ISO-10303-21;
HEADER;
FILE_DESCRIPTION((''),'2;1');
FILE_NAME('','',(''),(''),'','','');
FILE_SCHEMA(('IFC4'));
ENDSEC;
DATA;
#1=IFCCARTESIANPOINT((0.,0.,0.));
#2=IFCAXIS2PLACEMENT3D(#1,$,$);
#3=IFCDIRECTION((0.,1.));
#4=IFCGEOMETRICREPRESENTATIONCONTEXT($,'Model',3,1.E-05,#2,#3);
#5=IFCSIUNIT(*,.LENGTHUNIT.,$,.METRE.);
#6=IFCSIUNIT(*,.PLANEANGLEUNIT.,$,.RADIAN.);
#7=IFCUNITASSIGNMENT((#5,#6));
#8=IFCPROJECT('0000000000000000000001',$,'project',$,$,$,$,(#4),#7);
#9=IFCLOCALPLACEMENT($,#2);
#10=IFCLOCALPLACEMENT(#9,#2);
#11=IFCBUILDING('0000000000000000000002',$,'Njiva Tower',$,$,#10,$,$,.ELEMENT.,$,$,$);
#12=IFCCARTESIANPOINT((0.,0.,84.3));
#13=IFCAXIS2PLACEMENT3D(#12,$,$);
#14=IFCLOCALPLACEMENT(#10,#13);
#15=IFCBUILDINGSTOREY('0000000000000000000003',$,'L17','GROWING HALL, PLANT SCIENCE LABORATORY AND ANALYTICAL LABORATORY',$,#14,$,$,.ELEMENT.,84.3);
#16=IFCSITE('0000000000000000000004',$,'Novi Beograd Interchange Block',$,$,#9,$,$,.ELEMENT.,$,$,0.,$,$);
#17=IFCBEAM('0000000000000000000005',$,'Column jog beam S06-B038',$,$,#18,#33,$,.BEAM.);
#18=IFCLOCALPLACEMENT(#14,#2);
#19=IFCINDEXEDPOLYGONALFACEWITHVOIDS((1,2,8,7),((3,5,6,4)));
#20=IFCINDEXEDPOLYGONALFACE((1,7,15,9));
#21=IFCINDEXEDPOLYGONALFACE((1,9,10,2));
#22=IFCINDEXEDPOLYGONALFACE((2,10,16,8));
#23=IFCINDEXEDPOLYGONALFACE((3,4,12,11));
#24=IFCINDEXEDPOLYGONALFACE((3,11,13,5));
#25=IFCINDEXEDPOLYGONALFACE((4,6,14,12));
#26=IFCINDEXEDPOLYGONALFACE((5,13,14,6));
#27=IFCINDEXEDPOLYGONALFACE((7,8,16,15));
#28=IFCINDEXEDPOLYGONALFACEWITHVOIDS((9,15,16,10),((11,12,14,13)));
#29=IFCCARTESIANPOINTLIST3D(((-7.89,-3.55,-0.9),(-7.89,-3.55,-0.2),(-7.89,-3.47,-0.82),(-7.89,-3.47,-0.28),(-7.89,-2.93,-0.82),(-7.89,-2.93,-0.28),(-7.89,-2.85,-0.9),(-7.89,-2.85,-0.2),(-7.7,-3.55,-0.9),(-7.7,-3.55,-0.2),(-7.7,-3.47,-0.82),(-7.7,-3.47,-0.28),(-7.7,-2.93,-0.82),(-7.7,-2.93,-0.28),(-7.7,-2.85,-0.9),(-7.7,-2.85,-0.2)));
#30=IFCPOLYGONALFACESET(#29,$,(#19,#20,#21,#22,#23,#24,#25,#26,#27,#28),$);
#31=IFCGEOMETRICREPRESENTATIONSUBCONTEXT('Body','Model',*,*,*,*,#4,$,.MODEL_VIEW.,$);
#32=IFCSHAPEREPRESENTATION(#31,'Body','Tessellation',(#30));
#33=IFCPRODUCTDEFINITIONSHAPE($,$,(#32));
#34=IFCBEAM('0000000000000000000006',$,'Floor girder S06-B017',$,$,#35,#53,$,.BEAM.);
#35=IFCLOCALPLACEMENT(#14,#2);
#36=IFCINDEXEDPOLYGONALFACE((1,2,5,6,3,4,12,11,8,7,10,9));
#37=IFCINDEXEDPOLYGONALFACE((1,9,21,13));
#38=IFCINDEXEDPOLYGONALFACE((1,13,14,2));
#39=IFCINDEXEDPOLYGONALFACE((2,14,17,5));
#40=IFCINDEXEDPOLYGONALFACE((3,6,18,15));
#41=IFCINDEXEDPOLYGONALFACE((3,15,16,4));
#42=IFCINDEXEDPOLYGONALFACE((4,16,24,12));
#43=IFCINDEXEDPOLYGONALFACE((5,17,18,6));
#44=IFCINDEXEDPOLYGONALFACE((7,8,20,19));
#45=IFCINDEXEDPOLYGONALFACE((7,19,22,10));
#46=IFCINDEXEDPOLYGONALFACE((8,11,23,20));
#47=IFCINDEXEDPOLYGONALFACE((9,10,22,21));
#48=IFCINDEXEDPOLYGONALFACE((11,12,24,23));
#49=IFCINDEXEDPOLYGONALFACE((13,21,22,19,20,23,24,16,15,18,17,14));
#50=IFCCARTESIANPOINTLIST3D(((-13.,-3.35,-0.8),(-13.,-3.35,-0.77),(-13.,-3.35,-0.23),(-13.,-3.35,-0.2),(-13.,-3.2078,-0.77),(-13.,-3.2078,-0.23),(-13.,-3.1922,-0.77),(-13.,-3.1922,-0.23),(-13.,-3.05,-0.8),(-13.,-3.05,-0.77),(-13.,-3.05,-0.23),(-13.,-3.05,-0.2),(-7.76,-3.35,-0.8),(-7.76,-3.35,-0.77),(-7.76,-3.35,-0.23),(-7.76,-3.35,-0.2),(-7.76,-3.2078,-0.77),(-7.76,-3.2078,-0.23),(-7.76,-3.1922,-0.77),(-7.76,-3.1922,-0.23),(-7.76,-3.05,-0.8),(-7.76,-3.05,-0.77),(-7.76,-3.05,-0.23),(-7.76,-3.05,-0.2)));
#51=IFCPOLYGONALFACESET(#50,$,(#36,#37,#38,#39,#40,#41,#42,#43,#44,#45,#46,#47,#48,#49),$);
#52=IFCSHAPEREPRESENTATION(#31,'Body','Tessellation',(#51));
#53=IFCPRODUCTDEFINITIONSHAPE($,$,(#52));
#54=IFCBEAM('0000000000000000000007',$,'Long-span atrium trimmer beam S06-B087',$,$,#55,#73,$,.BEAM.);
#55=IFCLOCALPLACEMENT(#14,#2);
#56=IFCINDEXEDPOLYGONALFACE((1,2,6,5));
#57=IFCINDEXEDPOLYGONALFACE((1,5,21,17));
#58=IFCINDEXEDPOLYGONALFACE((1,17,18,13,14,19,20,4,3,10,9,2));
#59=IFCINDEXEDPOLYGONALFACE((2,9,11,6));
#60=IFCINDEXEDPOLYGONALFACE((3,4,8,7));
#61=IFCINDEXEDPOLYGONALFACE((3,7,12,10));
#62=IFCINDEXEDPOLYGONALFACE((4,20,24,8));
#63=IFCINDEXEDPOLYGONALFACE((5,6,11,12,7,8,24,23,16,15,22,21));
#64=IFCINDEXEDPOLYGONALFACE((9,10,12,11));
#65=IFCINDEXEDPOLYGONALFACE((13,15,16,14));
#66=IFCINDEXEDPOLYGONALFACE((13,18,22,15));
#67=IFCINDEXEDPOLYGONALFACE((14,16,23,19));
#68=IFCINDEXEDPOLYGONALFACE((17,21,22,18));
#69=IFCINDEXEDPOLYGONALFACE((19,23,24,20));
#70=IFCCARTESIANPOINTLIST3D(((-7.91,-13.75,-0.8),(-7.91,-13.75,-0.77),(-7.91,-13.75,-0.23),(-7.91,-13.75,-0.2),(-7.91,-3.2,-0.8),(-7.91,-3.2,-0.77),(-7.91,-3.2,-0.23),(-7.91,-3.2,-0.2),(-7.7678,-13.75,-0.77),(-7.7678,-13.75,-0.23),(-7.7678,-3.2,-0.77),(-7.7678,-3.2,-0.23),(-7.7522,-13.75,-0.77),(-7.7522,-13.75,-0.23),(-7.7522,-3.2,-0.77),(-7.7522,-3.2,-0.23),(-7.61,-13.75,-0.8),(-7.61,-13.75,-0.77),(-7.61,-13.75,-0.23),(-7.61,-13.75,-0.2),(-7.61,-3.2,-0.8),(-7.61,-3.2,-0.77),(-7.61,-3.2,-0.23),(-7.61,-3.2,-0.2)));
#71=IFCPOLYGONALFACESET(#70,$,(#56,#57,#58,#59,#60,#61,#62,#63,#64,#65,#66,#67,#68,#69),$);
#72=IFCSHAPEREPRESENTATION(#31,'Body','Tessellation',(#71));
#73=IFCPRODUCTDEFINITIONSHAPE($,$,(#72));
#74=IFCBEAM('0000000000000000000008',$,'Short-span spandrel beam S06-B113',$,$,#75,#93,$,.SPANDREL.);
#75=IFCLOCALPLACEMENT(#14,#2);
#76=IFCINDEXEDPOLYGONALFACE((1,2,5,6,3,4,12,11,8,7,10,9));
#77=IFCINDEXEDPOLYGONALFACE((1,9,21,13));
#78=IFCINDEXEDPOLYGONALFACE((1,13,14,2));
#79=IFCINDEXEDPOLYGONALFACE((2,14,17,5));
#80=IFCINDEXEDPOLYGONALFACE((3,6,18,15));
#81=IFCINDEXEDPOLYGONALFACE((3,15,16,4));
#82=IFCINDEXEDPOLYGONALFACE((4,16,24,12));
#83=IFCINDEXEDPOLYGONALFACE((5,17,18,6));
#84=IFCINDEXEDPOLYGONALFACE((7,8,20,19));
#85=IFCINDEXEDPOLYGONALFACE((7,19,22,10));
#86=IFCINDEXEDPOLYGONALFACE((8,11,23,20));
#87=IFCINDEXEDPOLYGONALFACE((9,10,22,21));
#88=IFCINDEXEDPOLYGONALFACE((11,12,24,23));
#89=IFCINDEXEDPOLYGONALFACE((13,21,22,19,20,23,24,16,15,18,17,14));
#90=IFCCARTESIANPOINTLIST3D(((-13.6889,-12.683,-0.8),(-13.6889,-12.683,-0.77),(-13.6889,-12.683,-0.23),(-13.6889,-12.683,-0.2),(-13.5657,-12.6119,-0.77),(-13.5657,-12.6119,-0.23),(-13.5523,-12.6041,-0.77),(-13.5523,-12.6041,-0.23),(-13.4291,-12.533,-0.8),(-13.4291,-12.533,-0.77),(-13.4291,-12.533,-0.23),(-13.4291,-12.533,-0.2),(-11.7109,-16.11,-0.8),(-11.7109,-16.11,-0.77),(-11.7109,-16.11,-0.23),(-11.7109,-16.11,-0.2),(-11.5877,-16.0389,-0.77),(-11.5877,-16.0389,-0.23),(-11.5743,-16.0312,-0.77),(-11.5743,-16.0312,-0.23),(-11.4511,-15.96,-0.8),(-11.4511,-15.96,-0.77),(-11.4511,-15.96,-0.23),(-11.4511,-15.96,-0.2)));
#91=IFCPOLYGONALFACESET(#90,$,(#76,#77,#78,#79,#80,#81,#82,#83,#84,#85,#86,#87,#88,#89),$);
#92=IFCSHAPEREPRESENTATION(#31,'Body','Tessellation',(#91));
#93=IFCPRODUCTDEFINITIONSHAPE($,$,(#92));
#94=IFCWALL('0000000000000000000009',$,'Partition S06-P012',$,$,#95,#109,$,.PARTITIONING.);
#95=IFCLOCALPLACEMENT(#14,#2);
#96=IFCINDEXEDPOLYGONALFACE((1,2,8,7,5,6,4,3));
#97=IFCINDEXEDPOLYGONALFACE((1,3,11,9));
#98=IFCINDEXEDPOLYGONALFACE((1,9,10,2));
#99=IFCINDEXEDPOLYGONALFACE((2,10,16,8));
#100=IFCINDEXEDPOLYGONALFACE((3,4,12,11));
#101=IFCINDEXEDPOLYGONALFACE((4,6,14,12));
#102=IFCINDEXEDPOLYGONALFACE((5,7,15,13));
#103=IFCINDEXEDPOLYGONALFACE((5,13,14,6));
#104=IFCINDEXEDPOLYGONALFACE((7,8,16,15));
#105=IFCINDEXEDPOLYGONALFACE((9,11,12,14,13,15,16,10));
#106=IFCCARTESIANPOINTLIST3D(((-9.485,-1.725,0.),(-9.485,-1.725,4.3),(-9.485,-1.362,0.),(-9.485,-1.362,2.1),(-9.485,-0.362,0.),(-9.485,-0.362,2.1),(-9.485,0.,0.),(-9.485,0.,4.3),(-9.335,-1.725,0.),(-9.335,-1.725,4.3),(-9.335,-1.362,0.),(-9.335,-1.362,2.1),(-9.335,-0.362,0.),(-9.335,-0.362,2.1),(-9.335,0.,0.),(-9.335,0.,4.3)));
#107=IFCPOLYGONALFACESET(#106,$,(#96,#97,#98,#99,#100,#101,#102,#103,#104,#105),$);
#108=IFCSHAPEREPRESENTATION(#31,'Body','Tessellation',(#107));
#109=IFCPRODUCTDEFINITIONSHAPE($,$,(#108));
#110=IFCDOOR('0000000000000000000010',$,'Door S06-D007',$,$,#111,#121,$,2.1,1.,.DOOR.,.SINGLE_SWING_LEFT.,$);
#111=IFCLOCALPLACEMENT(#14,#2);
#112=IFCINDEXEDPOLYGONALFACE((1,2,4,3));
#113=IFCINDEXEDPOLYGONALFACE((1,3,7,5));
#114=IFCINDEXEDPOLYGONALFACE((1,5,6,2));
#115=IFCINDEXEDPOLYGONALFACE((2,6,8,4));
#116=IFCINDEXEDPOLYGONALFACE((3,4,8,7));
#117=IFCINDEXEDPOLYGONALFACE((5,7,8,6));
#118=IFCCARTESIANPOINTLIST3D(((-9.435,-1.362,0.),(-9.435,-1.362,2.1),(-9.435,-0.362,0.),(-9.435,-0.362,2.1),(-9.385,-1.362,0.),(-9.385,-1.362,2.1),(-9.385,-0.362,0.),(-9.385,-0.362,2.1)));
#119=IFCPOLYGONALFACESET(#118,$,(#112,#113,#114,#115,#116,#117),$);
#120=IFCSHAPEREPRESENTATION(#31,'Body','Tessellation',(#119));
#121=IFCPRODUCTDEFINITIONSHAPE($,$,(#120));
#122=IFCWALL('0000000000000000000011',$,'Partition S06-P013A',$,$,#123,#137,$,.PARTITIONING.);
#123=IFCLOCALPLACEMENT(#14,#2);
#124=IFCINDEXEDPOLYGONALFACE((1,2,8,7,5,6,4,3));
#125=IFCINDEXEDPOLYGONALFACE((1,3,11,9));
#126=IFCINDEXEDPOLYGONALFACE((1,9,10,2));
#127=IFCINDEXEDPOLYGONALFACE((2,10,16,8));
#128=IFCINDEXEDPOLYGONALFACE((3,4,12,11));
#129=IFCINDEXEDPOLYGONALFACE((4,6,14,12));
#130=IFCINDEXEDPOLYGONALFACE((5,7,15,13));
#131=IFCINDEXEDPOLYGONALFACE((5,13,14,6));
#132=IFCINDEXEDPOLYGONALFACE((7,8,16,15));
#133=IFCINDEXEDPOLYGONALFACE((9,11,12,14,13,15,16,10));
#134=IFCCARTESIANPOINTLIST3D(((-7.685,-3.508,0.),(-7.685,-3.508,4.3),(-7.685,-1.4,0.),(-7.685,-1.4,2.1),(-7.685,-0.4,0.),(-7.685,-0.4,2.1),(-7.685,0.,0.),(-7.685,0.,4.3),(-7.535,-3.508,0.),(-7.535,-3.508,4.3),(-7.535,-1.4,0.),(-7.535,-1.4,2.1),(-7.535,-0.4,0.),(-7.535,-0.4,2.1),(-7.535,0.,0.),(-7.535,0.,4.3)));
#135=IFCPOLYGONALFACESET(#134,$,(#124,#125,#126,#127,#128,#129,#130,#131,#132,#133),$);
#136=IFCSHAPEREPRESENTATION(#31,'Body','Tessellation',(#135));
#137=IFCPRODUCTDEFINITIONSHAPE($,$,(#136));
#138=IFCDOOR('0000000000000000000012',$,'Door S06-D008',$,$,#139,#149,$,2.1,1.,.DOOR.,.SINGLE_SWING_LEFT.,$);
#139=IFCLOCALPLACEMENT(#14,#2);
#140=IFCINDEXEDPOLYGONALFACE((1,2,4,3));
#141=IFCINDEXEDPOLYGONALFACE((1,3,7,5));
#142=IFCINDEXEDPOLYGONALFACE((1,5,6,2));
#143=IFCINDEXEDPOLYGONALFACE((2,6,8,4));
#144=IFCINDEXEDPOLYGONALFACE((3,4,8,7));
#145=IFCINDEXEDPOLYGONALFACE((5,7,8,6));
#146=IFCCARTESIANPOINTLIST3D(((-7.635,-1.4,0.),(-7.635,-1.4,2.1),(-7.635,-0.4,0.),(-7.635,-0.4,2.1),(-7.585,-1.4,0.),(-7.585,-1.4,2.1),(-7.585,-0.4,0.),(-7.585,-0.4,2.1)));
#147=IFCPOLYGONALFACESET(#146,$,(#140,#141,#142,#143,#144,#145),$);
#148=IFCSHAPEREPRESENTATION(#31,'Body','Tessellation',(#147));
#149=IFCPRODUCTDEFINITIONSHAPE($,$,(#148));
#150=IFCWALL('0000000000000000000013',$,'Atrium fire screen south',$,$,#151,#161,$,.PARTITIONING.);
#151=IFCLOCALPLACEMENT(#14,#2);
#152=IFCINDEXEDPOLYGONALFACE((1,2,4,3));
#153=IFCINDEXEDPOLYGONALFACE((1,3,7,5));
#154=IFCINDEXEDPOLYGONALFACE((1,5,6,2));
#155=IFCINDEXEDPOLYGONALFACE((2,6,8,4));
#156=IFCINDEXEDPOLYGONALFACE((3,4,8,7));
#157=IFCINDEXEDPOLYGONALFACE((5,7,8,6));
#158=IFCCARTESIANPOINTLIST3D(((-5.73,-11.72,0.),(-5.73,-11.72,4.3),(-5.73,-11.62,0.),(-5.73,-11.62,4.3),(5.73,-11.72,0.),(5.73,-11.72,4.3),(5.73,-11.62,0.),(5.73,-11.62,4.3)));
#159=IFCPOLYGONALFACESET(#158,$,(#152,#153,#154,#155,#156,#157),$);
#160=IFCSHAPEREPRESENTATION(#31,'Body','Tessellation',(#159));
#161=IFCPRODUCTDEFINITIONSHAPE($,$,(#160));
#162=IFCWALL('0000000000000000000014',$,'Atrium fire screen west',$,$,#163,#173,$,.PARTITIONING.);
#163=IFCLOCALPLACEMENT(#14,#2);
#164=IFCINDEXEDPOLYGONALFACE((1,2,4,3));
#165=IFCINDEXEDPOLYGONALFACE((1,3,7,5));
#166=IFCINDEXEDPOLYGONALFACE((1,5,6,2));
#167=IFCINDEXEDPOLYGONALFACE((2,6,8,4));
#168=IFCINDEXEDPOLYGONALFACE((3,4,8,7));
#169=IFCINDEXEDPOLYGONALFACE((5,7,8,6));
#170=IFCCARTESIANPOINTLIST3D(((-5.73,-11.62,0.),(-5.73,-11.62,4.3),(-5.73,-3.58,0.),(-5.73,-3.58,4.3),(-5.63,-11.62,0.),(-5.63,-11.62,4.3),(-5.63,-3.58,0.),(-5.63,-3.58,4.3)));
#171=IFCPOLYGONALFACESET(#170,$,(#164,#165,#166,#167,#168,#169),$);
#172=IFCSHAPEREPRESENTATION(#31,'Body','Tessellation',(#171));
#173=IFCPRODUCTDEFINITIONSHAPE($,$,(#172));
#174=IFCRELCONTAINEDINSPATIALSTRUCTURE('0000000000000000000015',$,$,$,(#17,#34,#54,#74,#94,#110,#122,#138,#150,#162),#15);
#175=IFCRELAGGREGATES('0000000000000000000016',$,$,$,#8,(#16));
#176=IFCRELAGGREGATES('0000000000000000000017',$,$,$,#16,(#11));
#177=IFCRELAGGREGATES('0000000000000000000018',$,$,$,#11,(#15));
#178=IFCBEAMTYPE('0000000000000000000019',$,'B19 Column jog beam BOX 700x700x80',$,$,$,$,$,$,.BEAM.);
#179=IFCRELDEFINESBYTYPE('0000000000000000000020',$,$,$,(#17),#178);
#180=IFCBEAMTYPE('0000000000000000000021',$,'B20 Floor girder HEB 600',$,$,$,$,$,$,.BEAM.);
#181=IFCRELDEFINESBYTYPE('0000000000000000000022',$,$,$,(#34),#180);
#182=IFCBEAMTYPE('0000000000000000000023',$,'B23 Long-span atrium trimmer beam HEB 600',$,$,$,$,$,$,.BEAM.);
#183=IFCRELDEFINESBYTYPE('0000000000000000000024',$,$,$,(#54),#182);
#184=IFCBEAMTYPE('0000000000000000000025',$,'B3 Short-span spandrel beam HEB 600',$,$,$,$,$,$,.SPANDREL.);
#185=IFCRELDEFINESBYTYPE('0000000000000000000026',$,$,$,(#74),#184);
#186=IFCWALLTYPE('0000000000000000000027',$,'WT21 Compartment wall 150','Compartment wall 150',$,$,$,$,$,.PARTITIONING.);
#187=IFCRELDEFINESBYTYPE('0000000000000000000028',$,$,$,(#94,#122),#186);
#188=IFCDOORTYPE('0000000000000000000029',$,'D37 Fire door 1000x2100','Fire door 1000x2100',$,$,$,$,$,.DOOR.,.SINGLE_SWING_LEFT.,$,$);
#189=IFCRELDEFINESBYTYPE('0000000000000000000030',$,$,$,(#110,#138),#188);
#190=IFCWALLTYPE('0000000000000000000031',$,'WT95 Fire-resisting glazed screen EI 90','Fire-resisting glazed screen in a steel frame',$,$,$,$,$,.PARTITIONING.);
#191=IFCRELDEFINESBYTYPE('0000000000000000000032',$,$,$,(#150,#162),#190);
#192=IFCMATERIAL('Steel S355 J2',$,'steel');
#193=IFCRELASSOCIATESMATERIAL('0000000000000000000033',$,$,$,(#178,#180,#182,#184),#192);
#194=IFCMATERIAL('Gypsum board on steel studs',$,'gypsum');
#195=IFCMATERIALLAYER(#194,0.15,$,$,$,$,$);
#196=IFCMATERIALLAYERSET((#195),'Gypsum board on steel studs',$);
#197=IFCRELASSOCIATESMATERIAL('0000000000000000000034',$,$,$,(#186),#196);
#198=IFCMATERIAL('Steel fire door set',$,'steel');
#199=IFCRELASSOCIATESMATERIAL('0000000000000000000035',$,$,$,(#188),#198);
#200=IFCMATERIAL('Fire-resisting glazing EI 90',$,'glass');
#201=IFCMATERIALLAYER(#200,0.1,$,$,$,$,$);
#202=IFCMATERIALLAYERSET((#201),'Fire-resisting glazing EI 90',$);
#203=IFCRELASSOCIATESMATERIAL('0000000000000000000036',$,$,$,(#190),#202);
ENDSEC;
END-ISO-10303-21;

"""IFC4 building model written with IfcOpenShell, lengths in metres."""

from ifc_helpers import new_model, si_unit, direction, frame, frame_2d, origin, origin_2d, place, context, subcontext, project, spatial, rectangle, hollow_rectangle, i_section, extrude, material, layer, layer_set, material_profile, profile_set, type_object, element, fill, save


model = new_model("IFC4")

# Units and contexts
model_context = context("Model", 3, precision=1e-05, world=origin(), true_north=direction((0.0, 1.0)))
body_context = subcontext(model_context, "Body", "Model", "MODEL_VIEW")
ifc_project = project(units=[si_unit("LENGTHUNIT", "METRE"), si_unit("PLANEANGLEUNIT", "RADIAN")], contexts=[model_context])

# Site, building, storey
site_placement = place(None, origin())
site = spatial("IfcSite", under=ifc_project, at=site_placement, Name="Novi Beograd Interchange Block", CompositionType="ELEMENT", RefElevation=0.0)
building_placement = place(site_placement, origin())
building = spatial("IfcBuilding", under=site, at=building_placement, Name="Njiva Tower", CompositionType="ELEMENT")
storey_placement = place(building_placement, frame((0.0, 0.0, 84.3)))
storey = spatial("IfcBuildingStorey", under=building, at=storey_placement, Name="L17", Description="GROWING HALL, PLANT SCIENCE LABORATORY AND ANALYTICAL LABORATORY", CompositionType="ELEMENT", Elevation=84.3)

# Shared definitions
ifc_material_1 = material(Name="Steel S355 J2", Category="steel")

# Beams
ifc_material_profile_1 = material_profile(ifc_material_1, hollow_rectangle(XDim=0.7, YDim=0.7, WallThickness=0.08, at=origin_2d()), Name="BOX 700x700x80")
ifc_profile_set_1 = profile_set([ifc_material_profile_1], Name="Steel S355 J2")
beam_type_1 = type_object("IfcBeamType", Name="B19 Column jog beam BOX 700x700x80", PredefinedType="BEAM", material=ifc_profile_set_1)
beam_1_placement = place(storey_placement, frame((-7.89, -3.2, -0.55), z_axis=(1.0, 0.0, 0.0), x_axis=(0.0, 1.0, 0.0)))
element("IfcBeam", 1, at=beam_1_placement, inside=storey, type_object=beam_type_1, Name="Column jog beam S06-B038", PredefinedType="BEAM", context=body_context, shape_type="SweptSolid", body=[
    extrude(hollow_rectangle(XDim=0.7, YDim=0.7, WallThickness=0.08, at=origin_2d()), origin(), (0.0, 0.0, 1.0), 0.19),
])
ifc_material_profile_2 = material_profile(ifc_material_1, i_section(OverallWidth=0.3, OverallDepth=0.6, WebThickness=0.0155, FlangeThickness=0.03, at=origin_2d()), Name="HEB 600")
ifc_profile_set_2 = profile_set([ifc_material_profile_2], Name="Steel S355 J2")
beam_type_2 = type_object("IfcBeamType", Name="B20 Floor girder HEB 600", PredefinedType="BEAM", material=ifc_profile_set_2)
beam_2_placement = place(storey_placement, frame((-13.0, -3.2, -0.5), z_axis=(1.0, 0.0, 0.0), x_axis=(0.0, 1.0, 0.0)))
element("IfcBeam", 2, at=beam_2_placement, inside=storey, type_object=beam_type_2, Name="Floor girder S06-B017", PredefinedType="BEAM", context=body_context, shape_type="SweptSolid", body=[
    extrude(i_section(OverallWidth=0.3, OverallDepth=0.6, WebThickness=0.0155, FlangeThickness=0.03, at=origin_2d()), origin(), (0.0, 0.0, 1.0), 5.24),
])
ifc_material_profile_3 = material_profile(ifc_material_1, i_section(OverallWidth=0.3, OverallDepth=0.6, WebThickness=0.0155, FlangeThickness=0.03, at=origin_2d()), Name="HEB 600")
ifc_profile_set_3 = profile_set([ifc_material_profile_3], Name="Steel S355 J2")
beam_type_3 = type_object("IfcBeamType", Name="B23 Long-span atrium trimmer beam HEB 600", PredefinedType="BEAM", material=ifc_profile_set_3)
beam_3_placement = place(storey_placement, frame((-7.76, -3.2, -0.5), z_axis=(0.0, -1.0, 0.0), x_axis=(1.0, 0.0, 0.0)))
element("IfcBeam", 3, at=beam_3_placement, inside=storey, type_object=beam_type_3, Name="Long-span atrium trimmer beam S06-B087", PredefinedType="BEAM", context=body_context, shape_type="SweptSolid", body=[
    extrude(i_section(OverallWidth=0.3, OverallDepth=0.6, WebThickness=0.0155, FlangeThickness=0.03, at=origin_2d()), origin(), (0.0, 0.0, 1.0), 10.55),
])
ifc_material_profile_4 = material_profile(ifc_material_1, i_section(OverallWidth=0.3, OverallDepth=0.6, WebThickness=0.0155, FlangeThickness=0.03, at=origin_2d()), Name="HEB 600")
ifc_profile_set_4 = profile_set([ifc_material_profile_4], Name="Steel S355 J2")
beam_type_4 = type_object("IfcBeamType", Name="B3 Short-span spandrel beam HEB 600", PredefinedType="SPANDREL", material=ifc_profile_set_4)
beam_4_placement = place(storey_placement, frame((-13.559, -12.608, -0.5), z_axis=(0.49989, -0.866089, 0.0), x_axis=(0.866089, 0.49989, 0.0)))
element("IfcBeam", 4, at=beam_4_placement, inside=storey, type_object=beam_type_4, Name="Short-span spandrel beam S06-B113", PredefinedType="SPANDREL", context=body_context, shape_type="SweptSolid", body=[
    extrude(i_section(OverallWidth=0.3, OverallDepth=0.6, WebThickness=0.0155, FlangeThickness=0.03, at=origin_2d()), origin(), (0.0, 0.0, 1.0), 3.9569),
])

# Walls, openings, doors
ifc_material_2 = material(Name="Gypsum board on steel studs", Category="gypsum")
ifc_layer_1 = layer(ifc_material_2, 0.15)
ifc_layer_set_1 = layer_set([ifc_layer_1], Name="Gypsum board on steel studs")
wall_type_1 = type_object("IfcWallType", Name="WT21 Compartment wall 150", Description="Compartment wall 150", PredefinedType="PARTITIONING", material=ifc_layer_set_1)
wall_1_placement = place(storey_placement, frame((-9.41, -1.725, 0.0), z_axis=(0.0, 0.0, 1.0), x_axis=(0.0, 1.0, 0.0)))
wall_1 = element("IfcWall", 5, at=wall_1_placement, inside=storey, type_object=wall_type_1, Name="Partition S06-P012", PredefinedType="PARTITIONING", context=body_context, shape_type="SweptSolid", body=[
    extrude(rectangle(XDim=1.725, YDim=0.15, at=frame_2d((0.8625, 0.0))), origin(), (0.0, 0.0, 1.0), 4.3),
])
opening_1_placement = place(wall_1_placement, frame((0.363, 0.0, 0.0)))
opening_1 = element("IfcOpeningElement", 6, at=opening_1_placement, cuts=wall_1, PredefinedType="OPENING", context=body_context, shape_type="SweptSolid", body=[
    extrude(rectangle(XDim=1.0, YDim=2.1, at=frame_2d((0.5, 1.05))), frame((0.0, 0.085, 0.0), z_axis=(0.0, -1.0, 0.0), x_axis=(1.0, 0.0, 0.0)), (0.0, 0.0, 1.0), 0.17),
])
ifc_material_3 = material(Name="Steel fire door set", Category="steel")
door_type = type_object("IfcDoorType", Name="D37 Fire door 1000x2100", Description="Fire door 1000x2100", OperationType="SINGLE_SWING_LEFT", PredefinedType="DOOR", material=ifc_material_3)
door_1_placement = place(opening_1_placement, origin())
door_1 = element("IfcDoor", 7, at=door_1_placement, inside=storey, type_object=door_type, Name="Door S06-D007", OperationType="SINGLE_SWING_LEFT", OverallHeight=2.1, OverallWidth=1.0, PredefinedType="DOOR", context=body_context, shape_type="SweptSolid", body=[
    extrude(rectangle(XDim=1.0, YDim=2.1, at=frame_2d((0.5, 1.05))), frame((0.0, 0.025, 0.0), z_axis=(0.0, -1.0, 0.0), x_axis=(1.0, 0.0, 0.0)), (0.0, 0.0, 1.0), 0.05),
])
fill(opening_1, door_1)
wall_2_placement = place(storey_placement, frame((-7.61, -3.508, 0.0), z_axis=(0.0, 0.0, 1.0), x_axis=(0.0, 1.0, 0.0)))
wall_2 = element("IfcWall", 8, at=wall_2_placement, inside=storey, type_object=wall_type_1, Name="Partition S06-P013A", PredefinedType="PARTITIONING", context=body_context, shape_type="SweptSolid", body=[
    extrude(rectangle(XDim=3.508, YDim=0.15, at=frame_2d((1.754, 0.0))), origin(), (0.0, 0.0, 1.0), 4.3),
])
opening_2_placement = place(wall_2_placement, frame((2.108, 0.0, 0.0)))
opening_2 = element("IfcOpeningElement", 9, at=opening_2_placement, cuts=wall_2, PredefinedType="OPENING", context=body_context, shape_type="SweptSolid", body=[
    extrude(rectangle(XDim=1.0, YDim=2.1, at=frame_2d((0.5, 1.05))), frame((0.0, 0.085, 0.0), z_axis=(0.0, -1.0, 0.0), x_axis=(1.0, 0.0, 0.0)), (0.0, 0.0, 1.0), 0.17),
])
door_2_placement = place(opening_2_placement, origin())
door_2 = element("IfcDoor", 10, at=door_2_placement, inside=storey, type_object=door_type, Name="Door S06-D008", OperationType="SINGLE_SWING_LEFT", OverallHeight=2.1, OverallWidth=1.0, PredefinedType="DOOR", context=body_context, shape_type="SweptSolid", body=[
    extrude(rectangle(XDim=1.0, YDim=2.1, at=frame_2d((0.5, 1.05))), frame((0.0, 0.025, 0.0), z_axis=(0.0, -1.0, 0.0), x_axis=(1.0, 0.0, 0.0)), (0.0, 0.0, 1.0), 0.05),
])
fill(opening_2, door_2)

# Walls
ifc_material_4 = material(Name="Fire-resisting glazing EI 90", Category="glass")
ifc_layer_2 = layer(ifc_material_4, 0.1)
ifc_layer_set_2 = layer_set([ifc_layer_2], Name="Fire-resisting glazing EI 90")
wall_type_2 = type_object("IfcWallType", Name="WT95 Fire-resisting glazed screen EI 90", Description="Fire-resisting glazed screen in a steel frame", PredefinedType="PARTITIONING", material=ifc_layer_set_2)
wall_3_placement = place(storey_placement, frame((-5.73, -11.67, 0.0), z_axis=(0.0, 0.0, 1.0), x_axis=(1.0, 0.0, 0.0)))
element("IfcWall", 11, at=wall_3_placement, inside=storey, type_object=wall_type_2, Name="Atrium fire screen south", PredefinedType="PARTITIONING", context=body_context, shape_type="SweptSolid", body=[
    extrude(rectangle(XDim=11.46, YDim=0.1, at=frame_2d((5.73, 0.0))), origin(), (0.0, 0.0, 1.0), 4.3),
])
wall_4_placement = place(storey_placement, frame((-5.68, -3.58, 0.0), z_axis=(0.0, 0.0, 1.0), x_axis=(0.0, -1.0, 0.0)))
element("IfcWall", 12, at=wall_4_placement, inside=storey, type_object=wall_type_2, Name="Atrium fire screen west", PredefinedType="PARTITIONING", context=body_context, shape_type="SweptSolid", body=[
    extrude(rectangle(XDim=8.04, YDim=0.1, at=frame_2d((4.02, 0.0))), origin(), (0.0, 0.0, 1.0), 4.3),
])

save(model, "model.ifc")
